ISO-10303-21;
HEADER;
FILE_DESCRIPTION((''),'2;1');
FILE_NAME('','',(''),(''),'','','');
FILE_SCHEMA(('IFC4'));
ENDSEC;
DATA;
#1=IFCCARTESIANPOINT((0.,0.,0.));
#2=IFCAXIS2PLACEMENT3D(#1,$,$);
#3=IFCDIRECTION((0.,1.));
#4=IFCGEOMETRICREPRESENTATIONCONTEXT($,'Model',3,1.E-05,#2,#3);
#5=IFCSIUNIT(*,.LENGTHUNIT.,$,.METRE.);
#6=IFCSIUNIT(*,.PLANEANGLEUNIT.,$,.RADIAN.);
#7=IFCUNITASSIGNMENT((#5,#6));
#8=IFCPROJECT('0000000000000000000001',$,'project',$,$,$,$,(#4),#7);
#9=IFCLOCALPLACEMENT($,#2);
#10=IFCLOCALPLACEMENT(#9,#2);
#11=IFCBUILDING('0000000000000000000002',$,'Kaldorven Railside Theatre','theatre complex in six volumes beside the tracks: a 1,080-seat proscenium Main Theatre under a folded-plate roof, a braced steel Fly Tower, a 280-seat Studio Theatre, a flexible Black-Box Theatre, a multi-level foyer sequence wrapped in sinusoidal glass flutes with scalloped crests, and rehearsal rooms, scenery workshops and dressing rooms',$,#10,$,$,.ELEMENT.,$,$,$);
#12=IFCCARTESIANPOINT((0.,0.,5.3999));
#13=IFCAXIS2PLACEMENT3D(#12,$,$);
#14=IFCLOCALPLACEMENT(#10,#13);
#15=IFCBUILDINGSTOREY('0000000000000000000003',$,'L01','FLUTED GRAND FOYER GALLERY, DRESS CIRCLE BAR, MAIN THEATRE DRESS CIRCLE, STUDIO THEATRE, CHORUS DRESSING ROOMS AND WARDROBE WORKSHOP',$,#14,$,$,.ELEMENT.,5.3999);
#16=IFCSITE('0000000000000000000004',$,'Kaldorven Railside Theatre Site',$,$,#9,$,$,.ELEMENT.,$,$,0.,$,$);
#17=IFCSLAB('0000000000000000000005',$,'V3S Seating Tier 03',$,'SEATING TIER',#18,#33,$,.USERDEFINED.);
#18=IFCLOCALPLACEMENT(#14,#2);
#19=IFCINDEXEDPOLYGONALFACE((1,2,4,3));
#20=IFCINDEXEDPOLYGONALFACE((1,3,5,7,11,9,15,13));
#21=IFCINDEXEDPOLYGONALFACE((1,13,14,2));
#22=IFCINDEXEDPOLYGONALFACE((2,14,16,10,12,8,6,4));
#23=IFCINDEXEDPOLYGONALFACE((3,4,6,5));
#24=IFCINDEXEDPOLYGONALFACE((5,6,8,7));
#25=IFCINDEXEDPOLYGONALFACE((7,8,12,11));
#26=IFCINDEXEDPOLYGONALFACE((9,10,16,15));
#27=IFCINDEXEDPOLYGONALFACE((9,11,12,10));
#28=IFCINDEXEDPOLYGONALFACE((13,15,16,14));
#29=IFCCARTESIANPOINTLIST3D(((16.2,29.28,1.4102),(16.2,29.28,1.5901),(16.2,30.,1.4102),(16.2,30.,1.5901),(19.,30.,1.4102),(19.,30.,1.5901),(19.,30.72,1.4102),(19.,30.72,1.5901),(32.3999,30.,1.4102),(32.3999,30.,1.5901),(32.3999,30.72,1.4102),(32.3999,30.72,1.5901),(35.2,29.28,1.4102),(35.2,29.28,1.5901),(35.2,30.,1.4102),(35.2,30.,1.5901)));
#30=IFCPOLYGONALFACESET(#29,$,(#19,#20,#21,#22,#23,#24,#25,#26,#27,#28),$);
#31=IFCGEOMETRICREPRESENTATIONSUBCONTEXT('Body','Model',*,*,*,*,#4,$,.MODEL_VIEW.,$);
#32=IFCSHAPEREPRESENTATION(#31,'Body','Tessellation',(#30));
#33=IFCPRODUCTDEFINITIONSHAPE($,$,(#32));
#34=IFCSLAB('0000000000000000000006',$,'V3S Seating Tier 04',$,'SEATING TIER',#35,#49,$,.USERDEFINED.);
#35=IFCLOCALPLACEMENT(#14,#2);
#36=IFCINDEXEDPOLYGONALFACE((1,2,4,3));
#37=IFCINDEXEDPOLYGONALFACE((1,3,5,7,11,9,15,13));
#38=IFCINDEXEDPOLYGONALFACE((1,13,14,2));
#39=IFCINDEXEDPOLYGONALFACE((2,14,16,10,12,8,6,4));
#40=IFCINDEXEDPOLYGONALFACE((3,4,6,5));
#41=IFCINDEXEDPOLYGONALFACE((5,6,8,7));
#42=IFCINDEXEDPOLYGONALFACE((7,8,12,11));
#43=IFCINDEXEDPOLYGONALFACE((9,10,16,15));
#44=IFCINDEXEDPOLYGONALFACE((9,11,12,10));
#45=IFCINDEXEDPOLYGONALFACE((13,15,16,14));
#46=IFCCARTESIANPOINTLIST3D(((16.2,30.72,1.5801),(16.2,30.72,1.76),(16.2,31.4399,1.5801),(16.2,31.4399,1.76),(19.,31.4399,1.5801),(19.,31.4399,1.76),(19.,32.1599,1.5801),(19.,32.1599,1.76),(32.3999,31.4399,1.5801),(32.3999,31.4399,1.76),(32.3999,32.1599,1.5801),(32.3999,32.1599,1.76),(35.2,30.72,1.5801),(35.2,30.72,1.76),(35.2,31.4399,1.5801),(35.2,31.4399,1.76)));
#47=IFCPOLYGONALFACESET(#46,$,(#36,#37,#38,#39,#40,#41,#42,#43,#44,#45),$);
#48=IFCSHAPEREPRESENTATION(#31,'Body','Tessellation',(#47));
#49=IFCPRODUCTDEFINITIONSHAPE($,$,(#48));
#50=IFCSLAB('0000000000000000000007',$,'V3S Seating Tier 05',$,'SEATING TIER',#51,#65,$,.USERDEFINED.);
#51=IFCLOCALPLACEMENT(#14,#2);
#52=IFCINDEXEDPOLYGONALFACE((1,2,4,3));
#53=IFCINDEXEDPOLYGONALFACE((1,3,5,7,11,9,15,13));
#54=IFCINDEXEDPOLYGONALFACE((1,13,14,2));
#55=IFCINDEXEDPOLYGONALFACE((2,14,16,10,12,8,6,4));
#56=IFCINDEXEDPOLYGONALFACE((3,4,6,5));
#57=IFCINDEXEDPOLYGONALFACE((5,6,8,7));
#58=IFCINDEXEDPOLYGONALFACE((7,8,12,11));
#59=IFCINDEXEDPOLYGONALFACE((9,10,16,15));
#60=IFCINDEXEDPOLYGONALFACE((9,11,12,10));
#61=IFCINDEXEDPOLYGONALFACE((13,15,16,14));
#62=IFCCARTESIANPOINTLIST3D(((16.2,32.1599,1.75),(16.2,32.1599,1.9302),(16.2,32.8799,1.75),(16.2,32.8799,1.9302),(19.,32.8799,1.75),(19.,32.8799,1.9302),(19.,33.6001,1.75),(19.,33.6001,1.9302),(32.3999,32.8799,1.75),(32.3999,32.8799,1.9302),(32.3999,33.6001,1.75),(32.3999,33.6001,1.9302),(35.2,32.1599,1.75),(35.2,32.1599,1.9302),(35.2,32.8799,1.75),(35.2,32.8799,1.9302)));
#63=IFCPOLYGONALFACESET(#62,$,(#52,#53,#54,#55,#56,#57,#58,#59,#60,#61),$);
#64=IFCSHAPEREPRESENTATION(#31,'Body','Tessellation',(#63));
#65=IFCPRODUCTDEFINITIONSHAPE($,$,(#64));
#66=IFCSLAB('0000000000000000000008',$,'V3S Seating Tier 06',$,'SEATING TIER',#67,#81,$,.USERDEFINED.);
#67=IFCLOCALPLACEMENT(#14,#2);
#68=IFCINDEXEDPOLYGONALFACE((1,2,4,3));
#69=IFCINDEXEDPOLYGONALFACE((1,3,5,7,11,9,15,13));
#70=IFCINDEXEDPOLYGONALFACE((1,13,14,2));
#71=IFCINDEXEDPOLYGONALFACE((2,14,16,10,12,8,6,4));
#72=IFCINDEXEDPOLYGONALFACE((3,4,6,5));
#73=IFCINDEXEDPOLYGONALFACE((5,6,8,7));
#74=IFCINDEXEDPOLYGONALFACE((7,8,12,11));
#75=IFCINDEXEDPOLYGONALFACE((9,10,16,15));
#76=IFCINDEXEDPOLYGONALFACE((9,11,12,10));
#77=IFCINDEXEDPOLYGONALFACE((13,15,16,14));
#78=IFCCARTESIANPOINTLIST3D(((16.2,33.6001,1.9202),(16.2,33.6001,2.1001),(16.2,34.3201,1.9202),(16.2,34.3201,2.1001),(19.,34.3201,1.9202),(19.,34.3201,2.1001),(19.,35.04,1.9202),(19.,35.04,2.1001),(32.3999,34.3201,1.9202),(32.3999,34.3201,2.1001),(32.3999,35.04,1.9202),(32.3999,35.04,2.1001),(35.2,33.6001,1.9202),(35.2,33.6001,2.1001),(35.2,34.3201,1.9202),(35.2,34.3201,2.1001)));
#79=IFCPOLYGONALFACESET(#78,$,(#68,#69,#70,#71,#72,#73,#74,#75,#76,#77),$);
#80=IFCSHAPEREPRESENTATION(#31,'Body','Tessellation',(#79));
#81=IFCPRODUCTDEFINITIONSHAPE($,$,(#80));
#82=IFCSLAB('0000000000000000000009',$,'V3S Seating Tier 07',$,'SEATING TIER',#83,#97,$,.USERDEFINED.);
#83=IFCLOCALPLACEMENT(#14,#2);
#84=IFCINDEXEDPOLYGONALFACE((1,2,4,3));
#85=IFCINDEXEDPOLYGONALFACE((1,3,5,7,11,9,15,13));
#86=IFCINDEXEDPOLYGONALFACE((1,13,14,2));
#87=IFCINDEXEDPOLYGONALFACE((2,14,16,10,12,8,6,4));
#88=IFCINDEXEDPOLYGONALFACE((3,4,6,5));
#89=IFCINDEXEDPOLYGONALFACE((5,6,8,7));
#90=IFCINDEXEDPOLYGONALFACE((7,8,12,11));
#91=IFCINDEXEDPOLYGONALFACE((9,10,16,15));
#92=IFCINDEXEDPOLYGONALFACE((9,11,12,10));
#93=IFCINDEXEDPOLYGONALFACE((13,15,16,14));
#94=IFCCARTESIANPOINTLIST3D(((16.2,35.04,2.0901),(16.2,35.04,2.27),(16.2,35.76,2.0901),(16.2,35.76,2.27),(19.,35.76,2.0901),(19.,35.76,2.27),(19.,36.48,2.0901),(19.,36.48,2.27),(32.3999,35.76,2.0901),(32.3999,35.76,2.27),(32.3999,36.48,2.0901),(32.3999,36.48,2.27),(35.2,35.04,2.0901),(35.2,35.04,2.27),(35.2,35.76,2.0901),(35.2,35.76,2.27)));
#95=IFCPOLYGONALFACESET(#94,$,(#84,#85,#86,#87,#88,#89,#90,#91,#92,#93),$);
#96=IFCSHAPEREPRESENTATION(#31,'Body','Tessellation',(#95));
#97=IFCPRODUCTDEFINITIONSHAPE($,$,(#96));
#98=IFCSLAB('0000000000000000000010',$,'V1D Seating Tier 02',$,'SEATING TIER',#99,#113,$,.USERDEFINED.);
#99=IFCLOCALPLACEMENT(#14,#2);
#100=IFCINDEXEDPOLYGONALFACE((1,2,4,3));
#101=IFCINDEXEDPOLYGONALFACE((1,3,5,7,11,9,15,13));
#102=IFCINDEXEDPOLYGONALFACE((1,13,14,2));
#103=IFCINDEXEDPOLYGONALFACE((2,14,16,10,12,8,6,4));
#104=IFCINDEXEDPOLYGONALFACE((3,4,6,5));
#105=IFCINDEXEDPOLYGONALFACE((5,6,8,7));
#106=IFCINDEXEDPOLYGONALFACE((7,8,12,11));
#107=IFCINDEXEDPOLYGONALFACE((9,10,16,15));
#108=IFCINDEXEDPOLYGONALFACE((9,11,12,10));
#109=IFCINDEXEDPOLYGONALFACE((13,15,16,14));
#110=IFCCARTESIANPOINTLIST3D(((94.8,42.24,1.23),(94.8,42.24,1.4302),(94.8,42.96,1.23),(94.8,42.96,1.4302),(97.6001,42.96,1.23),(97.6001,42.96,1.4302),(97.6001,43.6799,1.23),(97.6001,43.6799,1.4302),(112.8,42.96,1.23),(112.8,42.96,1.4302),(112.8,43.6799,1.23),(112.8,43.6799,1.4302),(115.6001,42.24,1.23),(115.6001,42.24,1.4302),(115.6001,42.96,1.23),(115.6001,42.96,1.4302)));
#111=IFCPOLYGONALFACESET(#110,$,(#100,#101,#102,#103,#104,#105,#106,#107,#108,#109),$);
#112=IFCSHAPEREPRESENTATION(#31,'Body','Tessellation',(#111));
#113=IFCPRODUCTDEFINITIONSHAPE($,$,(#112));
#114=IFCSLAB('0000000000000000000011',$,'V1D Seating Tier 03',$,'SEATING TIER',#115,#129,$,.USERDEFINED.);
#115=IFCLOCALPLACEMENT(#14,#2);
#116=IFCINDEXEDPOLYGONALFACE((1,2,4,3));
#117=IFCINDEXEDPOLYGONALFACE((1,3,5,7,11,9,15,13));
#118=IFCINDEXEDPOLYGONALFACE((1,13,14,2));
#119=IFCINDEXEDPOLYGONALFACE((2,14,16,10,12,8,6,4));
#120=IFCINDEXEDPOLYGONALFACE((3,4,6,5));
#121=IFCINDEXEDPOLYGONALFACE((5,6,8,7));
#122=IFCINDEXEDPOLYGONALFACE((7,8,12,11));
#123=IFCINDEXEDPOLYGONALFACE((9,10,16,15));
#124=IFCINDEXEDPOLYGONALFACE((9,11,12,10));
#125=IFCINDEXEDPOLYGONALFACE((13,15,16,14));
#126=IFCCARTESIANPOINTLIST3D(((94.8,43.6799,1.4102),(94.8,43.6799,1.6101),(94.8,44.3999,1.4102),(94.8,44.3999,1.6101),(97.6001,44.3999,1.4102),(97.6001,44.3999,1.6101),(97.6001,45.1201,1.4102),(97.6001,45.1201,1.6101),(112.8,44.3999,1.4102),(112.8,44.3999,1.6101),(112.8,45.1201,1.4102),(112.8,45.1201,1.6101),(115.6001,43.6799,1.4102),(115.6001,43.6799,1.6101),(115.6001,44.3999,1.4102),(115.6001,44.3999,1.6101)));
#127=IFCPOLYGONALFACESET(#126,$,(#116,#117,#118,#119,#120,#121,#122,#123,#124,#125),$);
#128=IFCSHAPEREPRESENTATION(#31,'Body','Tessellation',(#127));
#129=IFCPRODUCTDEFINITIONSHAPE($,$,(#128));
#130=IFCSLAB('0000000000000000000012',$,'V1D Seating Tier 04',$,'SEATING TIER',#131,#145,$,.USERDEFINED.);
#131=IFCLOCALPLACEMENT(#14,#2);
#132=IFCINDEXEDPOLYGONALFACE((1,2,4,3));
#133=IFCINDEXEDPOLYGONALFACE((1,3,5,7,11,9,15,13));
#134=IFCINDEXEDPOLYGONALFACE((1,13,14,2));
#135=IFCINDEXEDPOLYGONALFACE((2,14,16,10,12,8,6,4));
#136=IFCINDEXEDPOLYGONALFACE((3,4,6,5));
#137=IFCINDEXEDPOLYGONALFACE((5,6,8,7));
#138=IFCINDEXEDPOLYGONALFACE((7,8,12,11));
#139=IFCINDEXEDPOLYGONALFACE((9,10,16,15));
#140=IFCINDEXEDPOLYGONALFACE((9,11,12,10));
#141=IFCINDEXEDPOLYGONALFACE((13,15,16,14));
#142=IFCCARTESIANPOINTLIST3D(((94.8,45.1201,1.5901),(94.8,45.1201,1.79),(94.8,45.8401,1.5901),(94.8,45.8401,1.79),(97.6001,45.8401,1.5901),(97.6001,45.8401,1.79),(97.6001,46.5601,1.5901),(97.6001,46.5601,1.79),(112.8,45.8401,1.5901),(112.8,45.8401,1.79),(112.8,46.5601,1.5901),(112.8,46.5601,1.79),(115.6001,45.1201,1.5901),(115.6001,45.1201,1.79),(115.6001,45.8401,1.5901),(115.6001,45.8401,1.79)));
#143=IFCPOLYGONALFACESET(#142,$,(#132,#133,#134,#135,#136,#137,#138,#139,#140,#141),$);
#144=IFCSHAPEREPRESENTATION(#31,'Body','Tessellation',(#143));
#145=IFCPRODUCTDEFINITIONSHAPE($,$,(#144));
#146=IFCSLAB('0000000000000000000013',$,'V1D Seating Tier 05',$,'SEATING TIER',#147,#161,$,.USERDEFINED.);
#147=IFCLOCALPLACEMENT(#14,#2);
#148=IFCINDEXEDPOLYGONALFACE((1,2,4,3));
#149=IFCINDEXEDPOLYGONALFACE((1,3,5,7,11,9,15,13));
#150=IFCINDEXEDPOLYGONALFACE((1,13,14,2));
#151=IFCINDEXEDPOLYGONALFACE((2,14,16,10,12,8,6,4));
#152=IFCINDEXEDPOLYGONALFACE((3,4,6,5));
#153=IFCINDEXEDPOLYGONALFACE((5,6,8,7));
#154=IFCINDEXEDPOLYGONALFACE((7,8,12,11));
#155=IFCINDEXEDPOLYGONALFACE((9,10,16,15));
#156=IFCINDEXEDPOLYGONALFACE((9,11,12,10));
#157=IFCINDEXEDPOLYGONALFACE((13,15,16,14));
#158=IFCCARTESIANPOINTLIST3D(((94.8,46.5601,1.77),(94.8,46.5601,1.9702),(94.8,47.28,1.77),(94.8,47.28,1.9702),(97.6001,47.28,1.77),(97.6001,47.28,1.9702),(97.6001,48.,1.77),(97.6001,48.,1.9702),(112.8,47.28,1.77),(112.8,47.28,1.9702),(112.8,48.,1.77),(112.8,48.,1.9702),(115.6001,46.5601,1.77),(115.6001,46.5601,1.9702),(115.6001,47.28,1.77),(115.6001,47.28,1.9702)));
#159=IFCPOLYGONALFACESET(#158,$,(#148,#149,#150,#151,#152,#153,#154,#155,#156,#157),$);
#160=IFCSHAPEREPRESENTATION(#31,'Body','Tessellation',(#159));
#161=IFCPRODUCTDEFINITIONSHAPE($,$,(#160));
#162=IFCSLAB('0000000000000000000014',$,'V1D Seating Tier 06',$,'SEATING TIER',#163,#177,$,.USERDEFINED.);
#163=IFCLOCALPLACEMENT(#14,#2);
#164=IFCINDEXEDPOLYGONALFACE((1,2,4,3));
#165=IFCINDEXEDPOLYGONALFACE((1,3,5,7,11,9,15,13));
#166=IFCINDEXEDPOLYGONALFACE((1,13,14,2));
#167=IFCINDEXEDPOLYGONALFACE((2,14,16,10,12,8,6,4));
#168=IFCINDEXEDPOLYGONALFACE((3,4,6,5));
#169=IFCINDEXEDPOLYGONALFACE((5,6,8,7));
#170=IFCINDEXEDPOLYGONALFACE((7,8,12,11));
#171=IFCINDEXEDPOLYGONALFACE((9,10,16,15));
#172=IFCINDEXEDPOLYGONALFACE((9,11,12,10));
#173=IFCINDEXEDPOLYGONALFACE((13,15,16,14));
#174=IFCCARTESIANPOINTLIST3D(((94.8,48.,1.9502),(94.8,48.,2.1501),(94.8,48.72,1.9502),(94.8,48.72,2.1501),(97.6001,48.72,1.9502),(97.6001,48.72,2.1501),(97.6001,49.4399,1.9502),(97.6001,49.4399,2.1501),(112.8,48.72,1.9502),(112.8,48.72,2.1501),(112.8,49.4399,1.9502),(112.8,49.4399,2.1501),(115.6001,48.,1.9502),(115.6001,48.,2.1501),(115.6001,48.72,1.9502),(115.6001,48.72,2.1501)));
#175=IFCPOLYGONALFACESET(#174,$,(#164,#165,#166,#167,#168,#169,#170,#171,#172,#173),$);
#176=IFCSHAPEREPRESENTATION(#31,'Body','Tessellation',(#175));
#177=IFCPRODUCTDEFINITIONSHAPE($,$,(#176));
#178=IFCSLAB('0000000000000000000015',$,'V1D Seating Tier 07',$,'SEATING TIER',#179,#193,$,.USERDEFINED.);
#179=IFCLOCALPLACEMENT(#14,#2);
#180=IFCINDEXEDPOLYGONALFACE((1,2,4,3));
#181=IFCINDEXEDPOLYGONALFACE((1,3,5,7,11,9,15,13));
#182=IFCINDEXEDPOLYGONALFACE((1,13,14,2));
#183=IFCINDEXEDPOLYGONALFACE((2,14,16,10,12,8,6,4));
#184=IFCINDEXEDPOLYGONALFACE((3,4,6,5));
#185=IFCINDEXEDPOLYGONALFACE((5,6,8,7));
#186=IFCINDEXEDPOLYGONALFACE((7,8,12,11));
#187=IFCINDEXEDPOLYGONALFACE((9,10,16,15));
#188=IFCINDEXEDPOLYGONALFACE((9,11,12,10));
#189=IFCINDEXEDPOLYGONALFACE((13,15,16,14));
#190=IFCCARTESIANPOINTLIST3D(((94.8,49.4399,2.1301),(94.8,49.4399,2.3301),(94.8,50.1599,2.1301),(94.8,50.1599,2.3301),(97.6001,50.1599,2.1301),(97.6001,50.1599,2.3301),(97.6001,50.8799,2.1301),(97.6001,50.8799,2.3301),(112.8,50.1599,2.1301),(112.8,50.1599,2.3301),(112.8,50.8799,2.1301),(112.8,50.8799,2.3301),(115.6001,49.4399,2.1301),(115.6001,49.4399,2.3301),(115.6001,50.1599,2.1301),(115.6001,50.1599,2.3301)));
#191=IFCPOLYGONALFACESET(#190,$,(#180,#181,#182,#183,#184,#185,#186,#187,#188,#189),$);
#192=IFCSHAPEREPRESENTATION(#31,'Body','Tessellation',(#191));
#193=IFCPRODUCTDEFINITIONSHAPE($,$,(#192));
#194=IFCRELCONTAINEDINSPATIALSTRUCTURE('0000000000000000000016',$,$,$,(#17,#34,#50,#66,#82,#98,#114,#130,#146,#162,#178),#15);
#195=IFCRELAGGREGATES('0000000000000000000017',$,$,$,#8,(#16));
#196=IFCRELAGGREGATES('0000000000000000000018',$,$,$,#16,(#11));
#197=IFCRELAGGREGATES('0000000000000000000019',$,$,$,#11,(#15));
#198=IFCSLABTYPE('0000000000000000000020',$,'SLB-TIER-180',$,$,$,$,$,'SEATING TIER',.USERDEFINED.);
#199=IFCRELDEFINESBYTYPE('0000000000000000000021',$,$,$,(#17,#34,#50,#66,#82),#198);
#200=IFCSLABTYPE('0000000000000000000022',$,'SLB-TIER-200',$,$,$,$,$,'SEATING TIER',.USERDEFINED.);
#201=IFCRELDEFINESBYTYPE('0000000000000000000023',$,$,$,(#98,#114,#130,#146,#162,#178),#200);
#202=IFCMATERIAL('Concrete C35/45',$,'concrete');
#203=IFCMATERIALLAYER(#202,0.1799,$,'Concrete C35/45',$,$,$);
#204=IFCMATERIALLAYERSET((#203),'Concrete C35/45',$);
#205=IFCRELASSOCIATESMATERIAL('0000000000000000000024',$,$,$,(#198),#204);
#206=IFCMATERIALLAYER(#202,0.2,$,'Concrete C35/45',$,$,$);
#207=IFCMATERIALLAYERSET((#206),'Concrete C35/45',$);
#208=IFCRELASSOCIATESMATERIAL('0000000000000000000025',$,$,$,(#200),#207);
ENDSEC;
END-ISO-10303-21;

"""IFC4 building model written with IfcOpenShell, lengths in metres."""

from ifc_helpers import new_model, si_unit, direction, frame, origin, place, context, subcontext, project, spatial, polyline, outline, extrude, material, layer, layer_set, type_object, element, save


model = new_model("IFC4")

# Units and contexts
model_context = context("Model", 3, precision=1e-05, world=origin(), true_north=direction((0.0, 1.0)))
body_context = subcontext(model_context, "Body", "Model", "MODEL_VIEW")
ifc_project = project(units=[si_unit("LENGTHUNIT", "METRE"), si_unit("PLANEANGLEUNIT", "RADIAN")], contexts=[model_context])

# Site, building, storey
site_placement = place(None, origin())
site = spatial("IfcSite", under=ifc_project, at=site_placement, Name="Kaldorven Railside Theatre Site", CompositionType="ELEMENT", RefElevation=0.0)
building_placement = place(site_placement, origin())
building = spatial("IfcBuilding", under=site, at=building_placement, Name="Kaldorven Railside Theatre", Description="theatre complex in six volumes beside the tracks: a 1,080-seat proscenium Main Theatre under a folded-plate roof, a braced steel Fly Tower, a 280-seat Studio Theatre, a flexible Black-Box Theatre, a multi-level foyer sequence wrapped in sinusoidal glass flutes with scalloped crests, and rehearsal rooms, scenery workshops and dressing rooms", CompositionType="ELEMENT")
storey_placement = place(building_placement, frame((0.0, 0.0, 5.3999)))
storey = spatial("IfcBuildingStorey", under=building, at=storey_placement, Name="L01", Description="FLUTED GRAND FOYER GALLERY, DRESS CIRCLE BAR, MAIN THEATRE DRESS CIRCLE, STUDIO THEATRE, CHORUS DRESSING ROOMS AND WARDROBE WORKSHOP", CompositionType="ELEMENT", Elevation=5.3999)

# Slabs
ifc_material = material(Name="Concrete C35/45", Category="concrete")
ifc_layer_1 = layer(ifc_material, 0.1799, Name="Concrete C35/45")
ifc_layer_set_1 = layer_set([ifc_layer_1], Name="Concrete C35/45")
slab_type_1 = type_object("IfcSlabType", Name="SLB-TIER-180", ElementType="SEATING TIER", PredefinedType="USERDEFINED", material=ifc_layer_set_1)
slab_1_placement = place(storey_placement, frame((0.0, 0.0, 1.4102)))
element("IfcSlab", 1, at=slab_1_placement, inside=storey, type_object=slab_type_1, Name="V3S Seating Tier 03", ObjectType="SEATING TIER", PredefinedType="USERDEFINED", context=body_context, shape_type="SweptSolid", body=[
    extrude(outline(polyline([(16.2, 29.28), (35.2, 29.28), (35.2, 30.0), (32.3999, 30.0), (32.3999, 30.72), (19.0, 30.72), (19.0, 30.0), (16.2, 30.0), (16.2, 29.28)])), origin(), (0.0, 0.0, 1.0), 0.1799),
])
slab_2_placement = place(storey_placement, frame((0.0, 0.0, 1.5801)))
element("IfcSlab", 2, at=slab_2_placement, inside=storey, type_object=slab_type_1, Name="V3S Seating Tier 04", ObjectType="SEATING TIER", PredefinedType="USERDEFINED", context=body_context, shape_type="SweptSolid", body=[
    extrude(outline(polyline([(16.2, 30.72), (35.2, 30.72), (35.2, 31.4399), (32.3999, 31.4399), (32.3999, 32.1599), (19.0, 32.1599), (19.0, 31.4399), (16.2, 31.4399), (16.2, 30.72)])), origin(), (0.0, 0.0, 1.0), 0.1799),
])
slab_3_placement = place(storey_placement, frame((0.0, 0.0, 1.75)))
element("IfcSlab", 3, at=slab_3_placement, inside=storey, type_object=slab_type_1, Name="V3S Seating Tier 05", ObjectType="SEATING TIER", PredefinedType="USERDEFINED", context=body_context, shape_type="SweptSolid", body=[
    extrude(outline(polyline([(16.2, 32.1599), (35.2, 32.1599), (35.2, 32.8799), (32.3999, 32.8799), (32.3999, 33.6001), (19.0, 33.6001), (19.0, 32.8799), (16.2, 32.8799), (16.2, 32.1599)])), origin(), (0.0, 0.0, 1.0), 0.1802),
])
slab_4_placement = place(storey_placement, frame((0.0, 0.0, 1.9202)))
element("IfcSlab", 4, at=slab_4_placement, inside=storey, type_object=slab_type_1, Name="V3S Seating Tier 06", ObjectType="SEATING TIER", PredefinedType="USERDEFINED", context=body_context, shape_type="SweptSolid", body=[
    extrude(outline(polyline([(16.2, 33.6001), (35.2, 33.6001), (35.2, 34.3201), (32.3999, 34.3201), (32.3999, 35.04), (19.0, 35.04), (19.0, 34.3201), (16.2, 34.3201), (16.2, 33.6001)])), origin(), (0.0, 0.0, 1.0), 0.1799),
])
slab_5_placement = place(storey_placement, frame((0.0, 0.0, 2.0901)))
element("IfcSlab", 5, at=slab_5_placement, inside=storey, type_object=slab_type_1, Name="V3S Seating Tier 07", ObjectType="SEATING TIER", PredefinedType="USERDEFINED", context=body_context, shape_type="SweptSolid", body=[
    extrude(outline(polyline([(16.2, 35.04), (35.2, 35.04), (35.2, 35.76), (32.3999, 35.76), (32.3999, 36.48), (19.0, 36.48), (19.0, 35.76), (16.2, 35.76), (16.2, 35.04)])), origin(), (0.0, 0.0, 1.0), 0.1799),
])
ifc_layer_2 = layer(ifc_material, 0.2, Name="Concrete C35/45")
ifc_layer_set_2 = layer_set([ifc_layer_2], Name="Concrete C35/45")
slab_type_2 = type_object("IfcSlabType", Name="SLB-TIER-200", ElementType="SEATING TIER", PredefinedType="USERDEFINED", material=ifc_layer_set_2)
slab_6_placement = place(storey_placement, frame((0.0, 0.0, 1.23)))
element("IfcSlab", 6, at=slab_6_placement, inside=storey, type_object=slab_type_2, Name="V1D Seating Tier 02", ObjectType="SEATING TIER", PredefinedType="USERDEFINED", context=body_context, shape_type="SweptSolid", body=[
    extrude(outline(polyline([(94.8, 42.24), (115.6001, 42.24), (115.6001, 42.96), (112.8, 42.96), (112.8, 43.6799), (97.6001, 43.6799), (97.6001, 42.96), (94.8, 42.96), (94.8, 42.24)])), origin(), (0.0, 0.0, 1.0), 0.2002),
])
slab_7_placement = place(storey_placement, frame((0.0, 0.0, 1.4102)))
element("IfcSlab", 7, at=slab_7_placement, inside=storey, type_object=slab_type_2, Name="V1D Seating Tier 03", ObjectType="SEATING TIER", PredefinedType="USERDEFINED", context=body_context, shape_type="SweptSolid", body=[
    extrude(outline(polyline([(94.8, 43.6799), (115.6001, 43.6799), (115.6001, 44.3999), (112.8, 44.3999), (112.8, 45.1201), (97.6001, 45.1201), (97.6001, 44.3999), (94.8, 44.3999), (94.8, 43.6799)])), origin(), (0.0, 0.0, 1.0), 0.2),
])
slab_8_placement = place(storey_placement, frame((0.0, 0.0, 1.5901)))
element("IfcSlab", 8, at=slab_8_placement, inside=storey, type_object=slab_type_2, Name="V1D Seating Tier 04", ObjectType="SEATING TIER", PredefinedType="USERDEFINED", context=body_context, shape_type="SweptSolid", body=[
    extrude(outline(polyline([(94.8, 45.1201), (115.6001, 45.1201), (115.6001, 45.8401), (112.8, 45.8401), (112.8, 46.5601), (97.6001, 46.5601), (97.6001, 45.8401), (94.8, 45.8401), (94.8, 45.1201)])), origin(), (0.0, 0.0, 1.0), 0.2),
])
slab_9_placement = place(storey_placement, frame((0.0, 0.0, 1.77)))
element("IfcSlab", 9, at=slab_9_placement, inside=storey, type_object=slab_type_2, Name="V1D Seating Tier 05", ObjectType="SEATING TIER", PredefinedType="USERDEFINED", context=body_context, shape_type="SweptSolid", body=[
    extrude(outline(polyline([(94.8, 46.5601), (115.6001, 46.5601), (115.6001, 47.28), (112.8, 47.28), (112.8, 48.0), (97.6001, 48.0), (97.6001, 47.28), (94.8, 47.28), (94.8, 46.5601)])), origin(), (0.0, 0.0, 1.0), 0.2002),
])
slab_10_placement = place(storey_placement, frame((0.0, 0.0, 1.9502)))
element("IfcSlab", 10, at=slab_10_placement, inside=storey, type_object=slab_type_2, Name="V1D Seating Tier 06", ObjectType="SEATING TIER", PredefinedType="USERDEFINED", context=body_context, shape_type="SweptSolid", body=[
    extrude(outline(polyline([(94.8, 48.0), (115.6001, 48.0), (115.6001, 48.72), (112.8, 48.72), (112.8, 49.4399), (97.6001, 49.4399), (97.6001, 48.72), (94.8, 48.72), (94.8, 48.0)])), origin(), (0.0, 0.0, 1.0), 0.2),
])
slab_11_placement = place(storey_placement, frame((0.0, 0.0, 2.1301)))
element("IfcSlab", 11, at=slab_11_placement, inside=storey, type_object=slab_type_2, Name="V1D Seating Tier 07", ObjectType="SEATING TIER", PredefinedType="USERDEFINED", context=body_context, shape_type="SweptSolid", body=[
    extrude(outline(polyline([(94.8, 49.4399), (115.6001, 49.4399), (115.6001, 50.1599), (112.8, 50.1599), (112.8, 50.8799), (97.6001, 50.8799), (97.6001, 50.1599), (94.8, 50.1599), (94.8, 49.4399)])), origin(), (0.0, 0.0, 1.0), 0.2),
])

save(model, "model.ifc")
